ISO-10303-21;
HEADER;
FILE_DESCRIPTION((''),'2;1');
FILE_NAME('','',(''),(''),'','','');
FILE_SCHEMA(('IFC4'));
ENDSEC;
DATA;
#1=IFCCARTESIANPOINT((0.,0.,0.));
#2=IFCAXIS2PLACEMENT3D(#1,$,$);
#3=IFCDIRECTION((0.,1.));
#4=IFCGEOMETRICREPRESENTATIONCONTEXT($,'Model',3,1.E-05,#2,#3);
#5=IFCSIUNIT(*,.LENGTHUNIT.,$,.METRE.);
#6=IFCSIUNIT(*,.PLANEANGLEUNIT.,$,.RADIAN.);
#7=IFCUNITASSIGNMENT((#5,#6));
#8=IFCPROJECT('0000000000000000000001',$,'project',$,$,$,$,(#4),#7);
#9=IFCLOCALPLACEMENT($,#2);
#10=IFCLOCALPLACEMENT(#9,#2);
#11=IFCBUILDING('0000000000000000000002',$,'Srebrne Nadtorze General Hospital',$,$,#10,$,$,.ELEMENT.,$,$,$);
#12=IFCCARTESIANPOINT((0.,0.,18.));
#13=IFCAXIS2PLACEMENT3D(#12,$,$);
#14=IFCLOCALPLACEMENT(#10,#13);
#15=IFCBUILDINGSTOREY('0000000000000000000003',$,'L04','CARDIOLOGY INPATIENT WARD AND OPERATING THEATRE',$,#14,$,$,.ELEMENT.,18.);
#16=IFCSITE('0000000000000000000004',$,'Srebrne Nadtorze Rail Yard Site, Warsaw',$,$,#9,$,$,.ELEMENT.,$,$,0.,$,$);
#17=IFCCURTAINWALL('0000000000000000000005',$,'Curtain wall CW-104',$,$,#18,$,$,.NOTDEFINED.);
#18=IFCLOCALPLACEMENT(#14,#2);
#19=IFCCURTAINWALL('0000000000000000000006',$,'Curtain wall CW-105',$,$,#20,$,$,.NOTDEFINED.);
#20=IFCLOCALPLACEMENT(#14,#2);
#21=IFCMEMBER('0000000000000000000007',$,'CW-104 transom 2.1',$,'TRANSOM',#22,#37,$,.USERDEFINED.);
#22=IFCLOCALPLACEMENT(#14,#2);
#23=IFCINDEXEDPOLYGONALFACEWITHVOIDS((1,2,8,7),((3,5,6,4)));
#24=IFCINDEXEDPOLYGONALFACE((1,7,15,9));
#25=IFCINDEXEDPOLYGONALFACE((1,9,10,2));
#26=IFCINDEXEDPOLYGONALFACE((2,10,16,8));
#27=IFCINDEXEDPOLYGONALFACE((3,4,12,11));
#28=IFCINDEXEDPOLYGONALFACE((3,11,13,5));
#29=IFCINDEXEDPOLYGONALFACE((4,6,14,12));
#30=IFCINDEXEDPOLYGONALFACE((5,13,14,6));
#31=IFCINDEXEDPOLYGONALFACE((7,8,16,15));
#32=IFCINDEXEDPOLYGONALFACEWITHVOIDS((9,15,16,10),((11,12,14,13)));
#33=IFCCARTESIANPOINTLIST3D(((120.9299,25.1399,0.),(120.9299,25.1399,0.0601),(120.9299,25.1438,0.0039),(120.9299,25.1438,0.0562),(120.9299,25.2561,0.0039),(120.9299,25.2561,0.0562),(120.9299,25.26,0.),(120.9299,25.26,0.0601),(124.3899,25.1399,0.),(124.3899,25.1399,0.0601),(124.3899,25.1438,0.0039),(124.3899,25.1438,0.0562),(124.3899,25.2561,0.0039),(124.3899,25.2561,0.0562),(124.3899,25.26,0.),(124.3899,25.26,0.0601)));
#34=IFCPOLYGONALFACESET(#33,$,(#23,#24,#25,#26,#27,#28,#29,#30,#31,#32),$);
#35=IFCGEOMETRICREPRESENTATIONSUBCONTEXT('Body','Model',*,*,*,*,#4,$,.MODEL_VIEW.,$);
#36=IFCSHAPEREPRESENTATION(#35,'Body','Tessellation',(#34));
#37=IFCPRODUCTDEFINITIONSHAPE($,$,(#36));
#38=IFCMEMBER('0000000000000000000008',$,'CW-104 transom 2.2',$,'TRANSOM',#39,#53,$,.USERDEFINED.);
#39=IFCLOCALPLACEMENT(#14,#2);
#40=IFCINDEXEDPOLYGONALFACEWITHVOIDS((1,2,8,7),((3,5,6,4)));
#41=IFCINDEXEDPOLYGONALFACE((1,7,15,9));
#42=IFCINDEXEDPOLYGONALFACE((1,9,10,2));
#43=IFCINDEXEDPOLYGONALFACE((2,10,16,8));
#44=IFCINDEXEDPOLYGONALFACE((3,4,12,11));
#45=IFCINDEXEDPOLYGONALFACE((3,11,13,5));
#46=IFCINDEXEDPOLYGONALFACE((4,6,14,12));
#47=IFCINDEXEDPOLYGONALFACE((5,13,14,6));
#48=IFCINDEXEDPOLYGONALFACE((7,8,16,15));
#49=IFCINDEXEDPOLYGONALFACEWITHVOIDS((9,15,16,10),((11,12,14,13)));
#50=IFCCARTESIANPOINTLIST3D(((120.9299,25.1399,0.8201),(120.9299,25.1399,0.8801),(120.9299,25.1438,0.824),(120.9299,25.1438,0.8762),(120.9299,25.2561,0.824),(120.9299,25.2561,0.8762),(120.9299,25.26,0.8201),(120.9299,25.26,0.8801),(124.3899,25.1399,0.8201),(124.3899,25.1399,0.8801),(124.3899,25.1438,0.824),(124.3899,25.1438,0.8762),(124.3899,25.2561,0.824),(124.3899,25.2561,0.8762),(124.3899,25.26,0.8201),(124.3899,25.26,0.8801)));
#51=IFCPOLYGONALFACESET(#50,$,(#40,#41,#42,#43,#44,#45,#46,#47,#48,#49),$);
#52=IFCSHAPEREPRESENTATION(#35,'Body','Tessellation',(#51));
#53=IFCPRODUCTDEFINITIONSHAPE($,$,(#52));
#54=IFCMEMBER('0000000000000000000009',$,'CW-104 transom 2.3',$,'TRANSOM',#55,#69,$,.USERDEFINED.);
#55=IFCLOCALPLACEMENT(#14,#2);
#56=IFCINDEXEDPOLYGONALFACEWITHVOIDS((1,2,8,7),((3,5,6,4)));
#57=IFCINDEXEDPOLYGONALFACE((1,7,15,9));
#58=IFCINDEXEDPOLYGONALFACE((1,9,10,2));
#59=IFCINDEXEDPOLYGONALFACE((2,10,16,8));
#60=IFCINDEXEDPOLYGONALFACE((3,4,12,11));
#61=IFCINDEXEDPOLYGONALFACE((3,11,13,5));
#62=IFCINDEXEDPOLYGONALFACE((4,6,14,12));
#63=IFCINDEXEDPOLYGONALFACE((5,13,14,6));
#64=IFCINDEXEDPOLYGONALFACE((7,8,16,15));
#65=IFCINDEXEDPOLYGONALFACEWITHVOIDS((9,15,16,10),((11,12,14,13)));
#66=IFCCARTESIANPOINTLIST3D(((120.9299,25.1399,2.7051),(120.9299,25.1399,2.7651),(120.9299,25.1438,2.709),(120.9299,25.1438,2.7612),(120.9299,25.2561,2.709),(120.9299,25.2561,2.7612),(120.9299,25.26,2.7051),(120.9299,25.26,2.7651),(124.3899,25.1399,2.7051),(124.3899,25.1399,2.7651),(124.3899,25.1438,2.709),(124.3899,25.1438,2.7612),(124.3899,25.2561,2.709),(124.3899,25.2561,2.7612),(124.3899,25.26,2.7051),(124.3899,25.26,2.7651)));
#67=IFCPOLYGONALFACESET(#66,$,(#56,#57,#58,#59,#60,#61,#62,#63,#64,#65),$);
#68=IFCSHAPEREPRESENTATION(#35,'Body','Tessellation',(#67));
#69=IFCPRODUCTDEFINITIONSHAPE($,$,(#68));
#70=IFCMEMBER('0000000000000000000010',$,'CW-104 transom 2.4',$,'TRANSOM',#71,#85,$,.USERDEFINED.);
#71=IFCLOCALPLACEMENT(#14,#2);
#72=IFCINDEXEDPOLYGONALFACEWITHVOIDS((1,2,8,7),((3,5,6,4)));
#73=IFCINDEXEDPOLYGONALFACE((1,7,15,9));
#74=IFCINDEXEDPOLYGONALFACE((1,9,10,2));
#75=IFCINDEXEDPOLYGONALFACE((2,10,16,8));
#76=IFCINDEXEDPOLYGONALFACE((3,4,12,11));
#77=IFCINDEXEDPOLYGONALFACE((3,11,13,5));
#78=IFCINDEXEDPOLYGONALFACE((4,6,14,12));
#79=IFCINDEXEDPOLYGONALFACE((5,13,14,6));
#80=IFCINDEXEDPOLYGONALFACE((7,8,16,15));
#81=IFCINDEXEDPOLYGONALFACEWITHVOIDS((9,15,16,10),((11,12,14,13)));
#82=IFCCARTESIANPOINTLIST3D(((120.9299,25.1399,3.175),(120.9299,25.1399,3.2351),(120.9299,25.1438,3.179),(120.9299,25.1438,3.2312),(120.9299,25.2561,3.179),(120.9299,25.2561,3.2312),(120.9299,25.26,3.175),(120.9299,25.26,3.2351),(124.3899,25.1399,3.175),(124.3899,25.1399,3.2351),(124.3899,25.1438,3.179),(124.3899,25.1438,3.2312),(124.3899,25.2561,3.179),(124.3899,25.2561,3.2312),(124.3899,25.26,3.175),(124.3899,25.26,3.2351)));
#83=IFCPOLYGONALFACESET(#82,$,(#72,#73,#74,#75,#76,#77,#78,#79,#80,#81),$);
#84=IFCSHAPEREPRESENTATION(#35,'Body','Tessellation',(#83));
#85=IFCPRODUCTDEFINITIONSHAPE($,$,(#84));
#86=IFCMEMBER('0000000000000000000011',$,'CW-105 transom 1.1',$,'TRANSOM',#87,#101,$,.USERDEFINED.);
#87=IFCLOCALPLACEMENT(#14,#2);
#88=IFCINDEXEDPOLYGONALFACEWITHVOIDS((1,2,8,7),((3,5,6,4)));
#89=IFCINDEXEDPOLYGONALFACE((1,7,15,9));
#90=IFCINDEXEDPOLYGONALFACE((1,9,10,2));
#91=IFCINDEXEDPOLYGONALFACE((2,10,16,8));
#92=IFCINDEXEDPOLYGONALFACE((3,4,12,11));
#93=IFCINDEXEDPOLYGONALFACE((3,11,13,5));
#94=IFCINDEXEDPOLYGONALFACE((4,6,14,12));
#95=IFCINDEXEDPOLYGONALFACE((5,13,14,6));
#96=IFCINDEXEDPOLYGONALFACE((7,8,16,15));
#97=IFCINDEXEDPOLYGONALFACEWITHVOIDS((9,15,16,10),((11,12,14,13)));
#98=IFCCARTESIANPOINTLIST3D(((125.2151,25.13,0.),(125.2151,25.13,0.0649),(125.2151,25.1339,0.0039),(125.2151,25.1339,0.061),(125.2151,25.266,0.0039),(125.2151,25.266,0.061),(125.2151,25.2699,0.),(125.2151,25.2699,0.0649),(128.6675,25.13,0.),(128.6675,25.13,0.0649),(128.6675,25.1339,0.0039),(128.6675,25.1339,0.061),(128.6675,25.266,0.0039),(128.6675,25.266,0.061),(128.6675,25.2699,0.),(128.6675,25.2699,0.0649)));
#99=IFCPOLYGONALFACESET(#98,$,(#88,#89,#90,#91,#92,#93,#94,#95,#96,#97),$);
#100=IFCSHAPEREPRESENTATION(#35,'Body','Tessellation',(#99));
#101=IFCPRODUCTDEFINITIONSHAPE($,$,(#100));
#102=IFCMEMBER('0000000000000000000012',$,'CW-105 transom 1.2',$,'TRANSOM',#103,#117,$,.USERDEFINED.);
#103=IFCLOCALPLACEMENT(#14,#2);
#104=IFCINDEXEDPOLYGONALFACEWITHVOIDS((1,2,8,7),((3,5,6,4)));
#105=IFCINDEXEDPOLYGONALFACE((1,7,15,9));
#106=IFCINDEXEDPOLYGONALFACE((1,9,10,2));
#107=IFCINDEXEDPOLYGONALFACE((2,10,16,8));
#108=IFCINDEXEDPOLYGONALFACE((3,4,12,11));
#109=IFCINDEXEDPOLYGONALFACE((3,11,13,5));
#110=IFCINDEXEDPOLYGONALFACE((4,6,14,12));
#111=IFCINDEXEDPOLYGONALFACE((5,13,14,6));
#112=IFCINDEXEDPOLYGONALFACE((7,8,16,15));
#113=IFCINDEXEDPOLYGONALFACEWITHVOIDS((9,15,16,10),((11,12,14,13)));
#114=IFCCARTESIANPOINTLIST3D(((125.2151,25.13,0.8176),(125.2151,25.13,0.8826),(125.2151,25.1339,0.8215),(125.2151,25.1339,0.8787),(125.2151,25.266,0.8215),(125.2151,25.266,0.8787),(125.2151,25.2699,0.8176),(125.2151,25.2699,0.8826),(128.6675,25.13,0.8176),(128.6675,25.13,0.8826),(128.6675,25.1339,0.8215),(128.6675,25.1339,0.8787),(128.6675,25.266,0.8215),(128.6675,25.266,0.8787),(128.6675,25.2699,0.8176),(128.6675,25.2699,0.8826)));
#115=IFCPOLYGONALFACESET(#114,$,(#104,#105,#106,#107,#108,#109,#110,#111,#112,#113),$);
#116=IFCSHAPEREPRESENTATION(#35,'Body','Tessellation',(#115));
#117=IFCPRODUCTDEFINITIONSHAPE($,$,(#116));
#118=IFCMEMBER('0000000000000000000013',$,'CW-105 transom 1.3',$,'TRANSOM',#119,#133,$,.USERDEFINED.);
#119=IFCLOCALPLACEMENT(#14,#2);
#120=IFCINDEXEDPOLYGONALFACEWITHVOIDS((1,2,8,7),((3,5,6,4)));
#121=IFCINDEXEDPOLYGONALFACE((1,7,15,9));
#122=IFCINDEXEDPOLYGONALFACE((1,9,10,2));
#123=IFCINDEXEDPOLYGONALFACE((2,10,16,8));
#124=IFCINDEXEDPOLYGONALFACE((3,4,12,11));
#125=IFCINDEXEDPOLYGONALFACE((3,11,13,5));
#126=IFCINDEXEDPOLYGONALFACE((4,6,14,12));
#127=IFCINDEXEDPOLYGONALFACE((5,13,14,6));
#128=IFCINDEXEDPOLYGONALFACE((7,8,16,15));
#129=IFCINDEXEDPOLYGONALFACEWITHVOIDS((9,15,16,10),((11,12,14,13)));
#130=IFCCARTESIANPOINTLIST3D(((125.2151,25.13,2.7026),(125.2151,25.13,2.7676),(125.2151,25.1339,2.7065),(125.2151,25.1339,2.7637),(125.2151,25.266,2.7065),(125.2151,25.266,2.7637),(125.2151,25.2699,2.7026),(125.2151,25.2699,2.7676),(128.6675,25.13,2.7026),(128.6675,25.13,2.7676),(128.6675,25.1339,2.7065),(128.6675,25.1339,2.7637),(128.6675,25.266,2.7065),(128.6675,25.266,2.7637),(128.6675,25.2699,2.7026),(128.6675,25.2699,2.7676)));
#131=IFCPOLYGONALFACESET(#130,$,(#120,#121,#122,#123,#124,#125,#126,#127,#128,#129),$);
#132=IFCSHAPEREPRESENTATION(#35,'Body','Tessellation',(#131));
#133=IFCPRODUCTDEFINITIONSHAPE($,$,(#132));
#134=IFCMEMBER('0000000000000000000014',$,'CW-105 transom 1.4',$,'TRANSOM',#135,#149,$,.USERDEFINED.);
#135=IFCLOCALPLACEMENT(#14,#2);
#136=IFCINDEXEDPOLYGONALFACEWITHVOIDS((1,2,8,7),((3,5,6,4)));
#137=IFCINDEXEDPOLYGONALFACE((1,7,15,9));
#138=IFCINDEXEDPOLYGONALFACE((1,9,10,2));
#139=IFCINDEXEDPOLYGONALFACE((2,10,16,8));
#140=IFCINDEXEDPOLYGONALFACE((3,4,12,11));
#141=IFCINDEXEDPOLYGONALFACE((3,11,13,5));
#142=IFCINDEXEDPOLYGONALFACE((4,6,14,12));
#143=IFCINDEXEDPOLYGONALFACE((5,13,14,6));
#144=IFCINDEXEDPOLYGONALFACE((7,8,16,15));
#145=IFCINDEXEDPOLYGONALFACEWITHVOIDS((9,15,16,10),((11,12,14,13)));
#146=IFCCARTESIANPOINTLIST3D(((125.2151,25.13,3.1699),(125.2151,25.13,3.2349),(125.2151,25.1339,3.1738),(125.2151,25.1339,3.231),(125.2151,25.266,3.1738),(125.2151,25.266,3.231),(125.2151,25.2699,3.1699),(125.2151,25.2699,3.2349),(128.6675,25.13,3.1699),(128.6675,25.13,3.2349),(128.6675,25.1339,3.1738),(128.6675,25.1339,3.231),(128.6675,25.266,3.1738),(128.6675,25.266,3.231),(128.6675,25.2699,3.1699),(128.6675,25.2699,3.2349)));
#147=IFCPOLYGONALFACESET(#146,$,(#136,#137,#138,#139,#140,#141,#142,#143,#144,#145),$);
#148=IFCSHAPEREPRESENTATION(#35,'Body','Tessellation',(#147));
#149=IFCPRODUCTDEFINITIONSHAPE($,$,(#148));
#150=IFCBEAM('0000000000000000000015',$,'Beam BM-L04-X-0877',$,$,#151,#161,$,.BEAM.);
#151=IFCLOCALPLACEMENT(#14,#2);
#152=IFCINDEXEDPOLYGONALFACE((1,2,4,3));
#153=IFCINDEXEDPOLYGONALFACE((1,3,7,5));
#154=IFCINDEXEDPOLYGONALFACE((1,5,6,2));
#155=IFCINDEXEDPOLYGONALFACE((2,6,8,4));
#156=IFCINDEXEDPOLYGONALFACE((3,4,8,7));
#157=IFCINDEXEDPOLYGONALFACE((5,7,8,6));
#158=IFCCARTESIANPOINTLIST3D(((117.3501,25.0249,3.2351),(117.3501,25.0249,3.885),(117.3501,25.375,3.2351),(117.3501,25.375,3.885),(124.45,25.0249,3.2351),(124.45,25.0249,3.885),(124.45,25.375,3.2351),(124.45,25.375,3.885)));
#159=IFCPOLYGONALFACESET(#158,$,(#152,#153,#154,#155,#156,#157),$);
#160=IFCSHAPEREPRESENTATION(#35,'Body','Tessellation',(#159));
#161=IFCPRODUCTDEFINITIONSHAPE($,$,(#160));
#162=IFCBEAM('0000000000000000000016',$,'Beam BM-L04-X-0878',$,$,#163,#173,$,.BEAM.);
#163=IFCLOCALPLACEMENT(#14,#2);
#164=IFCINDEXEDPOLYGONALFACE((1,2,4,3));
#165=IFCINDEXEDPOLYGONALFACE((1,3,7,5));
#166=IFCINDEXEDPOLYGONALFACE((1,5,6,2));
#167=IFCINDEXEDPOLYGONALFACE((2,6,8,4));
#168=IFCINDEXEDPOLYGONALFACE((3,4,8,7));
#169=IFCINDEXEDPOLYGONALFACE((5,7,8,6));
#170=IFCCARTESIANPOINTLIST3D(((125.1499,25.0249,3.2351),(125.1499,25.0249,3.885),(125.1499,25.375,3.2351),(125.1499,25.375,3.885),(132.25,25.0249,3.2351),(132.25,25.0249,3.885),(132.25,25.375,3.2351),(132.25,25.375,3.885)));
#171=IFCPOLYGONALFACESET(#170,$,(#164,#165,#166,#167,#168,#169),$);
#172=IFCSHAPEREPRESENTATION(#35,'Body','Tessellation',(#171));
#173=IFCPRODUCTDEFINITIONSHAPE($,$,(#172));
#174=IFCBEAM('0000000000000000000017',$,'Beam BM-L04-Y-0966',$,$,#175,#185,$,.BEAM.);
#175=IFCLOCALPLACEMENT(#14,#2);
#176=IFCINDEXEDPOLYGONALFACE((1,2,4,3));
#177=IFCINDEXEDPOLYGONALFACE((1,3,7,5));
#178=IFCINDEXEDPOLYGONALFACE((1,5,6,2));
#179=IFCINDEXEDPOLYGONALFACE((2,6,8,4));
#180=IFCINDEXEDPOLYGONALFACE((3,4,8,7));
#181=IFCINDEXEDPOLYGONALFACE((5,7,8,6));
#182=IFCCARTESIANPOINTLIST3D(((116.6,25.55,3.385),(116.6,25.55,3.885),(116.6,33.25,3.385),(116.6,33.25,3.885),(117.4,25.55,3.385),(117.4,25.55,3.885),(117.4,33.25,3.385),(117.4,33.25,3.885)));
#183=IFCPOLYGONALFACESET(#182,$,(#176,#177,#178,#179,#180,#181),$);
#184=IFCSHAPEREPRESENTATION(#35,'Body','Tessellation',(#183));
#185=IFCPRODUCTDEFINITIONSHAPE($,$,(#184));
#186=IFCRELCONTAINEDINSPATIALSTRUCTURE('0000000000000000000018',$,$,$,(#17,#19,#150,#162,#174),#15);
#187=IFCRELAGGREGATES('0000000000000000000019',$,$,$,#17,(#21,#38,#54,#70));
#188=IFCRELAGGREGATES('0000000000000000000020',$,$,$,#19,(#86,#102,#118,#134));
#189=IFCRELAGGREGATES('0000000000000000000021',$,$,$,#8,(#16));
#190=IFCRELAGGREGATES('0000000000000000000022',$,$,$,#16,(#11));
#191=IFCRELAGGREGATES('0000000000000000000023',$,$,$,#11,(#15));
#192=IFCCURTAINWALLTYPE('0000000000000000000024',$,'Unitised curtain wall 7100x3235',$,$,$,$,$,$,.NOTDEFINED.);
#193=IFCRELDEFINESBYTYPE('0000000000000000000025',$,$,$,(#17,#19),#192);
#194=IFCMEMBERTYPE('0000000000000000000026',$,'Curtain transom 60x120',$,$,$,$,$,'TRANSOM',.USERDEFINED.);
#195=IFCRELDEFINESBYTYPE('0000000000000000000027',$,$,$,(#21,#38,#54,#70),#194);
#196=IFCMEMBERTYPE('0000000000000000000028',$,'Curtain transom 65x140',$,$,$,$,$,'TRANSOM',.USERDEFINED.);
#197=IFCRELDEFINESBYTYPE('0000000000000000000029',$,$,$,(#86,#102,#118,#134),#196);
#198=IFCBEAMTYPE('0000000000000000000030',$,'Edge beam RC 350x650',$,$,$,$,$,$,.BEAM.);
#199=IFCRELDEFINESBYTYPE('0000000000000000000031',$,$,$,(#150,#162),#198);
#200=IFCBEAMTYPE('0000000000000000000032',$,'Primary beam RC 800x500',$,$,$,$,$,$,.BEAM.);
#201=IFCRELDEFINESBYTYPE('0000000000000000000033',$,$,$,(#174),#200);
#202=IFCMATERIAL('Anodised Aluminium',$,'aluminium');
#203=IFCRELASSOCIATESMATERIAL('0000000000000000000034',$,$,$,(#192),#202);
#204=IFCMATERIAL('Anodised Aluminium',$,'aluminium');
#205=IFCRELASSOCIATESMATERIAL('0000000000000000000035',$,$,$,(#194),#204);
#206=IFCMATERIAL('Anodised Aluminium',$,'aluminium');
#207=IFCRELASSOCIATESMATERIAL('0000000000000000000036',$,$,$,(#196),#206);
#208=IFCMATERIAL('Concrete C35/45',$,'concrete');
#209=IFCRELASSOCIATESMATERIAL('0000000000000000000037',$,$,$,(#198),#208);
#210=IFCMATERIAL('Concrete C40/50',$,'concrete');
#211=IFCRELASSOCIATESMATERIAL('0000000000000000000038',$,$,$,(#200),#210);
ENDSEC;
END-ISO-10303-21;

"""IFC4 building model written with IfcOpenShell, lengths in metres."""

from ifc_helpers import new_model, si_unit, direction, frame, origin, origin_2d, place, context, subcontext, project, spatial, rectangle, hollow_rectangle, extrude, material, material_profile, profile_set, type_object, element, aggregate, save


model = new_model("IFC4")

# Units and contexts
model_context = context("Model", 3, precision=1e-05, world=origin(), true_north=direction((0.0, 1.0)))
body_context = subcontext(model_context, "Body", "Model", "MODEL_VIEW")
ifc_project = project(units=[si_unit("LENGTHUNIT", "METRE"), si_unit("PLANEANGLEUNIT", "RADIAN")], contexts=[model_context])

# Site, building, storey
site_placement = place(None, origin())
site = spatial("IfcSite", under=ifc_project, at=site_placement, Name="Srebrne Nadtorze Rail Yard Site, Warsaw", CompositionType="ELEMENT", RefElevation=0.0)
building_placement = place(site_placement, origin())
building = spatial("IfcBuilding", under=site, at=building_placement, Name="Srebrne Nadtorze General Hospital", CompositionType="ELEMENT")
storey_placement = place(building_placement, frame((0.0, 0.0, 18.0)))
storey = spatial("IfcBuildingStorey", under=building, at=storey_placement, Name="L04", Description="CARDIOLOGY INPATIENT WARD AND OPERATING THEATRE", CompositionType="ELEMENT", Elevation=18.0)

# Curtain wall
ifc_material_1 = material(Name="Anodised Aluminium", Category="aluminium")
curtain_wall_type = type_object("IfcCurtainWallType", Name="Unitised curtain wall 7100x3235", PredefinedType="NOTDEFINED", material=ifc_material_1)
curtain_wall_1_placement = place(storey_placement, origin())
curtain_wall_1 = element("IfcCurtainWall", 1, at=curtain_wall_1_placement, inside=storey, type_object=curtain_wall_type, Name="Curtain wall CW-104", PredefinedType="NOTDEFINED")

# Curtain wall
curtain_wall_2_placement = place(storey_placement, origin())
curtain_wall_2 = element("IfcCurtainWall", 2, at=curtain_wall_2_placement, inside=storey, type_object=curtain_wall_type, Name="Curtain wall CW-105", PredefinedType="NOTDEFINED")

# Members
ifc_material_2 = material(Name="Anodised Aluminium", Category="aluminium")
ifc_material_profile_1 = material_profile(ifc_material_2, hollow_rectangle(XDim=0.0601, YDim=0.1201, WallThickness=0.0039, at=origin_2d()), Name="AL-TRN-60x120")
ifc_profile_set_1 = profile_set([ifc_material_profile_1], Name="Anodised Aluminium")
member_type_1 = type_object("IfcMemberType", Name="Curtain transom 60x120", ElementType="TRANSOM", PredefinedType="USERDEFINED", material=ifc_profile_set_1)
member_1_placement = place(storey_placement, frame((120.9299, 25.2, 0.03), z_axis=(1.0, 0.0, 0.0), x_axis=(0.0, 0.0, 1.0)))
member_1 = element("IfcMember", 3, at=member_1_placement, type_object=member_type_1, Name="CW-104 transom 2.1", ObjectType="TRANSOM", PredefinedType="USERDEFINED", context=body_context, shape_type="SweptSolid", body=[
    extrude(hollow_rectangle(XDim=0.0601, YDim=0.1201, WallThickness=0.0039, at=origin_2d()), origin(), (0.0, 0.0, 1.0), 3.46),
])
member_2_placement = place(storey_placement, frame((120.9299, 25.2, 0.8501), z_axis=(1.0, 0.0, 0.0), x_axis=(0.0, 0.0, 1.0)))
member_2 = element("IfcMember", 4, at=member_2_placement, type_object=member_type_1, Name="CW-104 transom 2.2", ObjectType="TRANSOM", PredefinedType="USERDEFINED", context=body_context, shape_type="SweptSolid", body=[
    extrude(hollow_rectangle(XDim=0.0601, YDim=0.1201, WallThickness=0.0039, at=origin_2d()), origin(), (0.0, 0.0, 1.0), 3.46),
])
member_3_placement = place(storey_placement, frame((120.9299, 25.2, 2.7351), z_axis=(1.0, 0.0, 0.0), x_axis=(0.0, 0.0, 1.0)))
member_3 = element("IfcMember", 5, at=member_3_placement, type_object=member_type_1, Name="CW-104 transom 2.3", ObjectType="TRANSOM", PredefinedType="USERDEFINED", context=body_context, shape_type="SweptSolid", body=[
    extrude(hollow_rectangle(XDim=0.0601, YDim=0.1201, WallThickness=0.0039, at=origin_2d()), origin(), (0.0, 0.0, 1.0), 3.46),
])
member_4_placement = place(storey_placement, frame((120.9299, 25.2, 3.2051), z_axis=(1.0, 0.0, 0.0), x_axis=(0.0, 0.0, 1.0)))
member_4 = element("IfcMember", 6, at=member_4_placement, type_object=member_type_1, Name="CW-104 transom 2.4", ObjectType="TRANSOM", PredefinedType="USERDEFINED", context=body_context, shape_type="SweptSolid", body=[
    extrude(hollow_rectangle(XDim=0.0601, YDim=0.1201, WallThickness=0.0039, at=origin_2d()), origin(), (0.0, 0.0, 1.0), 3.46),
])
ifc_material_3 = material(Name="Anodised Aluminium", Category="aluminium")
ifc_material_profile_2 = material_profile(ifc_material_3, hollow_rectangle(XDim=0.0649, YDim=0.1399, WallThickness=0.0039, at=origin_2d()), Name="AL-TRN-65x140")
ifc_profile_set_2 = profile_set([ifc_material_profile_2], Name="Anodised Aluminium")
member_type_2 = type_object("IfcMemberType", Name="Curtain transom 65x140", ElementType="TRANSOM", PredefinedType="USERDEFINED", material=ifc_profile_set_2)
member_5_placement = place(storey_placement, frame((125.2151, 25.2, 0.0325), z_axis=(1.0, 0.0, 0.0), x_axis=(0.0, 0.0, 1.0)))
member_5 = element("IfcMember", 7, at=member_5_placement, type_object=member_type_2, Name="CW-105 transom 1.1", ObjectType="TRANSOM", PredefinedType="USERDEFINED", context=body_context, shape_type="SweptSolid", body=[
    extrude(hollow_rectangle(XDim=0.0649, YDim=0.1399, WallThickness=0.0039, at=origin_2d()), origin(), (0.0, 0.0, 1.0), 3.4524),
])
member_6_placement = place(storey_placement, frame((125.2151, 25.2, 0.8501), z_axis=(1.0, 0.0, 0.0), x_axis=(0.0, 0.0, 1.0)))
member_6 = element("IfcMember", 8, at=member_6_placement, type_object=member_type_2, Name="CW-105 transom 1.2", ObjectType="TRANSOM", PredefinedType="USERDEFINED", context=body_context, shape_type="SweptSolid", body=[
    extrude(hollow_rectangle(XDim=0.0649, YDim=0.1399, WallThickness=0.0039, at=origin_2d()), origin(), (0.0, 0.0, 1.0), 3.4524),
])
member_7_placement = place(storey_placement, frame((125.2151, 25.2, 2.7351), z_axis=(1.0, 0.0, 0.0), x_axis=(0.0, 0.0, 1.0)))
member_7 = element("IfcMember", 9, at=member_7_placement, type_object=member_type_2, Name="CW-105 transom 1.3", ObjectType="TRANSOM", PredefinedType="USERDEFINED", context=body_context, shape_type="SweptSolid", body=[
    extrude(hollow_rectangle(XDim=0.0649, YDim=0.1399, WallThickness=0.0039, at=origin_2d()), origin(), (0.0, 0.0, 1.0), 3.4524),
])
member_8_placement = place(storey_placement, frame((125.2151, 25.2, 3.2024), z_axis=(1.0, 0.0, 0.0), x_axis=(0.0, 0.0, 1.0)))
member_8 = element("IfcMember", 10, at=member_8_placement, type_object=member_type_2, Name="CW-105 transom 1.4", ObjectType="TRANSOM", PredefinedType="USERDEFINED", context=body_context, shape_type="SweptSolid", body=[
    extrude(hollow_rectangle(XDim=0.0649, YDim=0.1399, WallThickness=0.0039, at=origin_2d()), origin(), (0.0, 0.0, 1.0), 3.4524),
])

# Beams
ifc_material_4 = material(Name="Concrete C35/45", Category="concrete")
ifc_material_profile_3 = material_profile(ifc_material_4, rectangle(XDim=0.3501, YDim=0.6499, at=origin_2d()), Name="RC-BM-350x650")
ifc_profile_set_3 = profile_set([ifc_material_profile_3], Name="Concrete C35/45")
beam_type_1 = type_object("IfcBeamType", Name="Edge beam RC 350x650", PredefinedType="BEAM", material=ifc_profile_set_3)
beam_1_placement = place(storey_placement, frame((117.3501, 25.2, 3.5601), z_axis=(1.0, 0.0, 0.0), x_axis=(0.0, 1.0, 0.0)))
element("IfcBeam", 11, at=beam_1_placement, inside=storey, type_object=beam_type_1, Name="Beam BM-L04-X-0877", PredefinedType="BEAM", context=body_context, shape_type="SweptSolid", body=[
    extrude(rectangle(XDim=0.3501, YDim=0.6499, at=origin_2d()), origin(), (0.0, 0.0, 1.0), 7.0999),
])
beam_2_placement = place(storey_placement, frame((125.1499, 25.2, 3.5601), z_axis=(1.0, 0.0, 0.0), x_axis=(0.0, 1.0, 0.0)))
element("IfcBeam", 12, at=beam_2_placement, inside=storey, type_object=beam_type_1, Name="Beam BM-L04-X-0878", PredefinedType="BEAM", context=body_context, shape_type="SweptSolid", body=[
    extrude(rectangle(XDim=0.3501, YDim=0.6499, at=origin_2d()), origin(), (0.0, 0.0, 1.0), 7.1001),
])
ifc_material_5 = material(Name="Concrete C40/50", Category="concrete")
ifc_material_profile_4 = material_profile(ifc_material_5, rectangle(XDim=0.8, YDim=0.5, at=origin_2d()), Name="RC-BM-800x500")
ifc_profile_set_4 = profile_set([ifc_material_profile_4], Name="Concrete C40/50")
beam_type_2 = type_object("IfcBeamType", Name="Primary beam RC 800x500", PredefinedType="BEAM", material=ifc_profile_set_4)
for number, where, z_axis, x_axis, name in (
    (13, (117.0, 25.55, 3.635), (0.0, 1.0, 0.0), (-1.0, 0.0, 0.0), "Beam BM-L04-Y-0966"),
):
    element("IfcBeam", number, at=place(storey_placement, frame(where, z_axis=z_axis, x_axis=x_axis)), inside=storey, type_object=beam_type_2, Name=name, PredefinedType="BEAM", context=body_context, shape_type="SweptSolid", body=[
        extrude(rectangle(XDim=0.8, YDim=0.5, at=origin_2d()), origin(), (0.0, 0.0, 1.0), 7.7),
    ])

aggregate(curtain_wall_1, [member_1, member_2, member_3, member_4])
aggregate(curtain_wall_2, [member_5, member_6, member_7, member_8])

save(model, "model.ifc")
